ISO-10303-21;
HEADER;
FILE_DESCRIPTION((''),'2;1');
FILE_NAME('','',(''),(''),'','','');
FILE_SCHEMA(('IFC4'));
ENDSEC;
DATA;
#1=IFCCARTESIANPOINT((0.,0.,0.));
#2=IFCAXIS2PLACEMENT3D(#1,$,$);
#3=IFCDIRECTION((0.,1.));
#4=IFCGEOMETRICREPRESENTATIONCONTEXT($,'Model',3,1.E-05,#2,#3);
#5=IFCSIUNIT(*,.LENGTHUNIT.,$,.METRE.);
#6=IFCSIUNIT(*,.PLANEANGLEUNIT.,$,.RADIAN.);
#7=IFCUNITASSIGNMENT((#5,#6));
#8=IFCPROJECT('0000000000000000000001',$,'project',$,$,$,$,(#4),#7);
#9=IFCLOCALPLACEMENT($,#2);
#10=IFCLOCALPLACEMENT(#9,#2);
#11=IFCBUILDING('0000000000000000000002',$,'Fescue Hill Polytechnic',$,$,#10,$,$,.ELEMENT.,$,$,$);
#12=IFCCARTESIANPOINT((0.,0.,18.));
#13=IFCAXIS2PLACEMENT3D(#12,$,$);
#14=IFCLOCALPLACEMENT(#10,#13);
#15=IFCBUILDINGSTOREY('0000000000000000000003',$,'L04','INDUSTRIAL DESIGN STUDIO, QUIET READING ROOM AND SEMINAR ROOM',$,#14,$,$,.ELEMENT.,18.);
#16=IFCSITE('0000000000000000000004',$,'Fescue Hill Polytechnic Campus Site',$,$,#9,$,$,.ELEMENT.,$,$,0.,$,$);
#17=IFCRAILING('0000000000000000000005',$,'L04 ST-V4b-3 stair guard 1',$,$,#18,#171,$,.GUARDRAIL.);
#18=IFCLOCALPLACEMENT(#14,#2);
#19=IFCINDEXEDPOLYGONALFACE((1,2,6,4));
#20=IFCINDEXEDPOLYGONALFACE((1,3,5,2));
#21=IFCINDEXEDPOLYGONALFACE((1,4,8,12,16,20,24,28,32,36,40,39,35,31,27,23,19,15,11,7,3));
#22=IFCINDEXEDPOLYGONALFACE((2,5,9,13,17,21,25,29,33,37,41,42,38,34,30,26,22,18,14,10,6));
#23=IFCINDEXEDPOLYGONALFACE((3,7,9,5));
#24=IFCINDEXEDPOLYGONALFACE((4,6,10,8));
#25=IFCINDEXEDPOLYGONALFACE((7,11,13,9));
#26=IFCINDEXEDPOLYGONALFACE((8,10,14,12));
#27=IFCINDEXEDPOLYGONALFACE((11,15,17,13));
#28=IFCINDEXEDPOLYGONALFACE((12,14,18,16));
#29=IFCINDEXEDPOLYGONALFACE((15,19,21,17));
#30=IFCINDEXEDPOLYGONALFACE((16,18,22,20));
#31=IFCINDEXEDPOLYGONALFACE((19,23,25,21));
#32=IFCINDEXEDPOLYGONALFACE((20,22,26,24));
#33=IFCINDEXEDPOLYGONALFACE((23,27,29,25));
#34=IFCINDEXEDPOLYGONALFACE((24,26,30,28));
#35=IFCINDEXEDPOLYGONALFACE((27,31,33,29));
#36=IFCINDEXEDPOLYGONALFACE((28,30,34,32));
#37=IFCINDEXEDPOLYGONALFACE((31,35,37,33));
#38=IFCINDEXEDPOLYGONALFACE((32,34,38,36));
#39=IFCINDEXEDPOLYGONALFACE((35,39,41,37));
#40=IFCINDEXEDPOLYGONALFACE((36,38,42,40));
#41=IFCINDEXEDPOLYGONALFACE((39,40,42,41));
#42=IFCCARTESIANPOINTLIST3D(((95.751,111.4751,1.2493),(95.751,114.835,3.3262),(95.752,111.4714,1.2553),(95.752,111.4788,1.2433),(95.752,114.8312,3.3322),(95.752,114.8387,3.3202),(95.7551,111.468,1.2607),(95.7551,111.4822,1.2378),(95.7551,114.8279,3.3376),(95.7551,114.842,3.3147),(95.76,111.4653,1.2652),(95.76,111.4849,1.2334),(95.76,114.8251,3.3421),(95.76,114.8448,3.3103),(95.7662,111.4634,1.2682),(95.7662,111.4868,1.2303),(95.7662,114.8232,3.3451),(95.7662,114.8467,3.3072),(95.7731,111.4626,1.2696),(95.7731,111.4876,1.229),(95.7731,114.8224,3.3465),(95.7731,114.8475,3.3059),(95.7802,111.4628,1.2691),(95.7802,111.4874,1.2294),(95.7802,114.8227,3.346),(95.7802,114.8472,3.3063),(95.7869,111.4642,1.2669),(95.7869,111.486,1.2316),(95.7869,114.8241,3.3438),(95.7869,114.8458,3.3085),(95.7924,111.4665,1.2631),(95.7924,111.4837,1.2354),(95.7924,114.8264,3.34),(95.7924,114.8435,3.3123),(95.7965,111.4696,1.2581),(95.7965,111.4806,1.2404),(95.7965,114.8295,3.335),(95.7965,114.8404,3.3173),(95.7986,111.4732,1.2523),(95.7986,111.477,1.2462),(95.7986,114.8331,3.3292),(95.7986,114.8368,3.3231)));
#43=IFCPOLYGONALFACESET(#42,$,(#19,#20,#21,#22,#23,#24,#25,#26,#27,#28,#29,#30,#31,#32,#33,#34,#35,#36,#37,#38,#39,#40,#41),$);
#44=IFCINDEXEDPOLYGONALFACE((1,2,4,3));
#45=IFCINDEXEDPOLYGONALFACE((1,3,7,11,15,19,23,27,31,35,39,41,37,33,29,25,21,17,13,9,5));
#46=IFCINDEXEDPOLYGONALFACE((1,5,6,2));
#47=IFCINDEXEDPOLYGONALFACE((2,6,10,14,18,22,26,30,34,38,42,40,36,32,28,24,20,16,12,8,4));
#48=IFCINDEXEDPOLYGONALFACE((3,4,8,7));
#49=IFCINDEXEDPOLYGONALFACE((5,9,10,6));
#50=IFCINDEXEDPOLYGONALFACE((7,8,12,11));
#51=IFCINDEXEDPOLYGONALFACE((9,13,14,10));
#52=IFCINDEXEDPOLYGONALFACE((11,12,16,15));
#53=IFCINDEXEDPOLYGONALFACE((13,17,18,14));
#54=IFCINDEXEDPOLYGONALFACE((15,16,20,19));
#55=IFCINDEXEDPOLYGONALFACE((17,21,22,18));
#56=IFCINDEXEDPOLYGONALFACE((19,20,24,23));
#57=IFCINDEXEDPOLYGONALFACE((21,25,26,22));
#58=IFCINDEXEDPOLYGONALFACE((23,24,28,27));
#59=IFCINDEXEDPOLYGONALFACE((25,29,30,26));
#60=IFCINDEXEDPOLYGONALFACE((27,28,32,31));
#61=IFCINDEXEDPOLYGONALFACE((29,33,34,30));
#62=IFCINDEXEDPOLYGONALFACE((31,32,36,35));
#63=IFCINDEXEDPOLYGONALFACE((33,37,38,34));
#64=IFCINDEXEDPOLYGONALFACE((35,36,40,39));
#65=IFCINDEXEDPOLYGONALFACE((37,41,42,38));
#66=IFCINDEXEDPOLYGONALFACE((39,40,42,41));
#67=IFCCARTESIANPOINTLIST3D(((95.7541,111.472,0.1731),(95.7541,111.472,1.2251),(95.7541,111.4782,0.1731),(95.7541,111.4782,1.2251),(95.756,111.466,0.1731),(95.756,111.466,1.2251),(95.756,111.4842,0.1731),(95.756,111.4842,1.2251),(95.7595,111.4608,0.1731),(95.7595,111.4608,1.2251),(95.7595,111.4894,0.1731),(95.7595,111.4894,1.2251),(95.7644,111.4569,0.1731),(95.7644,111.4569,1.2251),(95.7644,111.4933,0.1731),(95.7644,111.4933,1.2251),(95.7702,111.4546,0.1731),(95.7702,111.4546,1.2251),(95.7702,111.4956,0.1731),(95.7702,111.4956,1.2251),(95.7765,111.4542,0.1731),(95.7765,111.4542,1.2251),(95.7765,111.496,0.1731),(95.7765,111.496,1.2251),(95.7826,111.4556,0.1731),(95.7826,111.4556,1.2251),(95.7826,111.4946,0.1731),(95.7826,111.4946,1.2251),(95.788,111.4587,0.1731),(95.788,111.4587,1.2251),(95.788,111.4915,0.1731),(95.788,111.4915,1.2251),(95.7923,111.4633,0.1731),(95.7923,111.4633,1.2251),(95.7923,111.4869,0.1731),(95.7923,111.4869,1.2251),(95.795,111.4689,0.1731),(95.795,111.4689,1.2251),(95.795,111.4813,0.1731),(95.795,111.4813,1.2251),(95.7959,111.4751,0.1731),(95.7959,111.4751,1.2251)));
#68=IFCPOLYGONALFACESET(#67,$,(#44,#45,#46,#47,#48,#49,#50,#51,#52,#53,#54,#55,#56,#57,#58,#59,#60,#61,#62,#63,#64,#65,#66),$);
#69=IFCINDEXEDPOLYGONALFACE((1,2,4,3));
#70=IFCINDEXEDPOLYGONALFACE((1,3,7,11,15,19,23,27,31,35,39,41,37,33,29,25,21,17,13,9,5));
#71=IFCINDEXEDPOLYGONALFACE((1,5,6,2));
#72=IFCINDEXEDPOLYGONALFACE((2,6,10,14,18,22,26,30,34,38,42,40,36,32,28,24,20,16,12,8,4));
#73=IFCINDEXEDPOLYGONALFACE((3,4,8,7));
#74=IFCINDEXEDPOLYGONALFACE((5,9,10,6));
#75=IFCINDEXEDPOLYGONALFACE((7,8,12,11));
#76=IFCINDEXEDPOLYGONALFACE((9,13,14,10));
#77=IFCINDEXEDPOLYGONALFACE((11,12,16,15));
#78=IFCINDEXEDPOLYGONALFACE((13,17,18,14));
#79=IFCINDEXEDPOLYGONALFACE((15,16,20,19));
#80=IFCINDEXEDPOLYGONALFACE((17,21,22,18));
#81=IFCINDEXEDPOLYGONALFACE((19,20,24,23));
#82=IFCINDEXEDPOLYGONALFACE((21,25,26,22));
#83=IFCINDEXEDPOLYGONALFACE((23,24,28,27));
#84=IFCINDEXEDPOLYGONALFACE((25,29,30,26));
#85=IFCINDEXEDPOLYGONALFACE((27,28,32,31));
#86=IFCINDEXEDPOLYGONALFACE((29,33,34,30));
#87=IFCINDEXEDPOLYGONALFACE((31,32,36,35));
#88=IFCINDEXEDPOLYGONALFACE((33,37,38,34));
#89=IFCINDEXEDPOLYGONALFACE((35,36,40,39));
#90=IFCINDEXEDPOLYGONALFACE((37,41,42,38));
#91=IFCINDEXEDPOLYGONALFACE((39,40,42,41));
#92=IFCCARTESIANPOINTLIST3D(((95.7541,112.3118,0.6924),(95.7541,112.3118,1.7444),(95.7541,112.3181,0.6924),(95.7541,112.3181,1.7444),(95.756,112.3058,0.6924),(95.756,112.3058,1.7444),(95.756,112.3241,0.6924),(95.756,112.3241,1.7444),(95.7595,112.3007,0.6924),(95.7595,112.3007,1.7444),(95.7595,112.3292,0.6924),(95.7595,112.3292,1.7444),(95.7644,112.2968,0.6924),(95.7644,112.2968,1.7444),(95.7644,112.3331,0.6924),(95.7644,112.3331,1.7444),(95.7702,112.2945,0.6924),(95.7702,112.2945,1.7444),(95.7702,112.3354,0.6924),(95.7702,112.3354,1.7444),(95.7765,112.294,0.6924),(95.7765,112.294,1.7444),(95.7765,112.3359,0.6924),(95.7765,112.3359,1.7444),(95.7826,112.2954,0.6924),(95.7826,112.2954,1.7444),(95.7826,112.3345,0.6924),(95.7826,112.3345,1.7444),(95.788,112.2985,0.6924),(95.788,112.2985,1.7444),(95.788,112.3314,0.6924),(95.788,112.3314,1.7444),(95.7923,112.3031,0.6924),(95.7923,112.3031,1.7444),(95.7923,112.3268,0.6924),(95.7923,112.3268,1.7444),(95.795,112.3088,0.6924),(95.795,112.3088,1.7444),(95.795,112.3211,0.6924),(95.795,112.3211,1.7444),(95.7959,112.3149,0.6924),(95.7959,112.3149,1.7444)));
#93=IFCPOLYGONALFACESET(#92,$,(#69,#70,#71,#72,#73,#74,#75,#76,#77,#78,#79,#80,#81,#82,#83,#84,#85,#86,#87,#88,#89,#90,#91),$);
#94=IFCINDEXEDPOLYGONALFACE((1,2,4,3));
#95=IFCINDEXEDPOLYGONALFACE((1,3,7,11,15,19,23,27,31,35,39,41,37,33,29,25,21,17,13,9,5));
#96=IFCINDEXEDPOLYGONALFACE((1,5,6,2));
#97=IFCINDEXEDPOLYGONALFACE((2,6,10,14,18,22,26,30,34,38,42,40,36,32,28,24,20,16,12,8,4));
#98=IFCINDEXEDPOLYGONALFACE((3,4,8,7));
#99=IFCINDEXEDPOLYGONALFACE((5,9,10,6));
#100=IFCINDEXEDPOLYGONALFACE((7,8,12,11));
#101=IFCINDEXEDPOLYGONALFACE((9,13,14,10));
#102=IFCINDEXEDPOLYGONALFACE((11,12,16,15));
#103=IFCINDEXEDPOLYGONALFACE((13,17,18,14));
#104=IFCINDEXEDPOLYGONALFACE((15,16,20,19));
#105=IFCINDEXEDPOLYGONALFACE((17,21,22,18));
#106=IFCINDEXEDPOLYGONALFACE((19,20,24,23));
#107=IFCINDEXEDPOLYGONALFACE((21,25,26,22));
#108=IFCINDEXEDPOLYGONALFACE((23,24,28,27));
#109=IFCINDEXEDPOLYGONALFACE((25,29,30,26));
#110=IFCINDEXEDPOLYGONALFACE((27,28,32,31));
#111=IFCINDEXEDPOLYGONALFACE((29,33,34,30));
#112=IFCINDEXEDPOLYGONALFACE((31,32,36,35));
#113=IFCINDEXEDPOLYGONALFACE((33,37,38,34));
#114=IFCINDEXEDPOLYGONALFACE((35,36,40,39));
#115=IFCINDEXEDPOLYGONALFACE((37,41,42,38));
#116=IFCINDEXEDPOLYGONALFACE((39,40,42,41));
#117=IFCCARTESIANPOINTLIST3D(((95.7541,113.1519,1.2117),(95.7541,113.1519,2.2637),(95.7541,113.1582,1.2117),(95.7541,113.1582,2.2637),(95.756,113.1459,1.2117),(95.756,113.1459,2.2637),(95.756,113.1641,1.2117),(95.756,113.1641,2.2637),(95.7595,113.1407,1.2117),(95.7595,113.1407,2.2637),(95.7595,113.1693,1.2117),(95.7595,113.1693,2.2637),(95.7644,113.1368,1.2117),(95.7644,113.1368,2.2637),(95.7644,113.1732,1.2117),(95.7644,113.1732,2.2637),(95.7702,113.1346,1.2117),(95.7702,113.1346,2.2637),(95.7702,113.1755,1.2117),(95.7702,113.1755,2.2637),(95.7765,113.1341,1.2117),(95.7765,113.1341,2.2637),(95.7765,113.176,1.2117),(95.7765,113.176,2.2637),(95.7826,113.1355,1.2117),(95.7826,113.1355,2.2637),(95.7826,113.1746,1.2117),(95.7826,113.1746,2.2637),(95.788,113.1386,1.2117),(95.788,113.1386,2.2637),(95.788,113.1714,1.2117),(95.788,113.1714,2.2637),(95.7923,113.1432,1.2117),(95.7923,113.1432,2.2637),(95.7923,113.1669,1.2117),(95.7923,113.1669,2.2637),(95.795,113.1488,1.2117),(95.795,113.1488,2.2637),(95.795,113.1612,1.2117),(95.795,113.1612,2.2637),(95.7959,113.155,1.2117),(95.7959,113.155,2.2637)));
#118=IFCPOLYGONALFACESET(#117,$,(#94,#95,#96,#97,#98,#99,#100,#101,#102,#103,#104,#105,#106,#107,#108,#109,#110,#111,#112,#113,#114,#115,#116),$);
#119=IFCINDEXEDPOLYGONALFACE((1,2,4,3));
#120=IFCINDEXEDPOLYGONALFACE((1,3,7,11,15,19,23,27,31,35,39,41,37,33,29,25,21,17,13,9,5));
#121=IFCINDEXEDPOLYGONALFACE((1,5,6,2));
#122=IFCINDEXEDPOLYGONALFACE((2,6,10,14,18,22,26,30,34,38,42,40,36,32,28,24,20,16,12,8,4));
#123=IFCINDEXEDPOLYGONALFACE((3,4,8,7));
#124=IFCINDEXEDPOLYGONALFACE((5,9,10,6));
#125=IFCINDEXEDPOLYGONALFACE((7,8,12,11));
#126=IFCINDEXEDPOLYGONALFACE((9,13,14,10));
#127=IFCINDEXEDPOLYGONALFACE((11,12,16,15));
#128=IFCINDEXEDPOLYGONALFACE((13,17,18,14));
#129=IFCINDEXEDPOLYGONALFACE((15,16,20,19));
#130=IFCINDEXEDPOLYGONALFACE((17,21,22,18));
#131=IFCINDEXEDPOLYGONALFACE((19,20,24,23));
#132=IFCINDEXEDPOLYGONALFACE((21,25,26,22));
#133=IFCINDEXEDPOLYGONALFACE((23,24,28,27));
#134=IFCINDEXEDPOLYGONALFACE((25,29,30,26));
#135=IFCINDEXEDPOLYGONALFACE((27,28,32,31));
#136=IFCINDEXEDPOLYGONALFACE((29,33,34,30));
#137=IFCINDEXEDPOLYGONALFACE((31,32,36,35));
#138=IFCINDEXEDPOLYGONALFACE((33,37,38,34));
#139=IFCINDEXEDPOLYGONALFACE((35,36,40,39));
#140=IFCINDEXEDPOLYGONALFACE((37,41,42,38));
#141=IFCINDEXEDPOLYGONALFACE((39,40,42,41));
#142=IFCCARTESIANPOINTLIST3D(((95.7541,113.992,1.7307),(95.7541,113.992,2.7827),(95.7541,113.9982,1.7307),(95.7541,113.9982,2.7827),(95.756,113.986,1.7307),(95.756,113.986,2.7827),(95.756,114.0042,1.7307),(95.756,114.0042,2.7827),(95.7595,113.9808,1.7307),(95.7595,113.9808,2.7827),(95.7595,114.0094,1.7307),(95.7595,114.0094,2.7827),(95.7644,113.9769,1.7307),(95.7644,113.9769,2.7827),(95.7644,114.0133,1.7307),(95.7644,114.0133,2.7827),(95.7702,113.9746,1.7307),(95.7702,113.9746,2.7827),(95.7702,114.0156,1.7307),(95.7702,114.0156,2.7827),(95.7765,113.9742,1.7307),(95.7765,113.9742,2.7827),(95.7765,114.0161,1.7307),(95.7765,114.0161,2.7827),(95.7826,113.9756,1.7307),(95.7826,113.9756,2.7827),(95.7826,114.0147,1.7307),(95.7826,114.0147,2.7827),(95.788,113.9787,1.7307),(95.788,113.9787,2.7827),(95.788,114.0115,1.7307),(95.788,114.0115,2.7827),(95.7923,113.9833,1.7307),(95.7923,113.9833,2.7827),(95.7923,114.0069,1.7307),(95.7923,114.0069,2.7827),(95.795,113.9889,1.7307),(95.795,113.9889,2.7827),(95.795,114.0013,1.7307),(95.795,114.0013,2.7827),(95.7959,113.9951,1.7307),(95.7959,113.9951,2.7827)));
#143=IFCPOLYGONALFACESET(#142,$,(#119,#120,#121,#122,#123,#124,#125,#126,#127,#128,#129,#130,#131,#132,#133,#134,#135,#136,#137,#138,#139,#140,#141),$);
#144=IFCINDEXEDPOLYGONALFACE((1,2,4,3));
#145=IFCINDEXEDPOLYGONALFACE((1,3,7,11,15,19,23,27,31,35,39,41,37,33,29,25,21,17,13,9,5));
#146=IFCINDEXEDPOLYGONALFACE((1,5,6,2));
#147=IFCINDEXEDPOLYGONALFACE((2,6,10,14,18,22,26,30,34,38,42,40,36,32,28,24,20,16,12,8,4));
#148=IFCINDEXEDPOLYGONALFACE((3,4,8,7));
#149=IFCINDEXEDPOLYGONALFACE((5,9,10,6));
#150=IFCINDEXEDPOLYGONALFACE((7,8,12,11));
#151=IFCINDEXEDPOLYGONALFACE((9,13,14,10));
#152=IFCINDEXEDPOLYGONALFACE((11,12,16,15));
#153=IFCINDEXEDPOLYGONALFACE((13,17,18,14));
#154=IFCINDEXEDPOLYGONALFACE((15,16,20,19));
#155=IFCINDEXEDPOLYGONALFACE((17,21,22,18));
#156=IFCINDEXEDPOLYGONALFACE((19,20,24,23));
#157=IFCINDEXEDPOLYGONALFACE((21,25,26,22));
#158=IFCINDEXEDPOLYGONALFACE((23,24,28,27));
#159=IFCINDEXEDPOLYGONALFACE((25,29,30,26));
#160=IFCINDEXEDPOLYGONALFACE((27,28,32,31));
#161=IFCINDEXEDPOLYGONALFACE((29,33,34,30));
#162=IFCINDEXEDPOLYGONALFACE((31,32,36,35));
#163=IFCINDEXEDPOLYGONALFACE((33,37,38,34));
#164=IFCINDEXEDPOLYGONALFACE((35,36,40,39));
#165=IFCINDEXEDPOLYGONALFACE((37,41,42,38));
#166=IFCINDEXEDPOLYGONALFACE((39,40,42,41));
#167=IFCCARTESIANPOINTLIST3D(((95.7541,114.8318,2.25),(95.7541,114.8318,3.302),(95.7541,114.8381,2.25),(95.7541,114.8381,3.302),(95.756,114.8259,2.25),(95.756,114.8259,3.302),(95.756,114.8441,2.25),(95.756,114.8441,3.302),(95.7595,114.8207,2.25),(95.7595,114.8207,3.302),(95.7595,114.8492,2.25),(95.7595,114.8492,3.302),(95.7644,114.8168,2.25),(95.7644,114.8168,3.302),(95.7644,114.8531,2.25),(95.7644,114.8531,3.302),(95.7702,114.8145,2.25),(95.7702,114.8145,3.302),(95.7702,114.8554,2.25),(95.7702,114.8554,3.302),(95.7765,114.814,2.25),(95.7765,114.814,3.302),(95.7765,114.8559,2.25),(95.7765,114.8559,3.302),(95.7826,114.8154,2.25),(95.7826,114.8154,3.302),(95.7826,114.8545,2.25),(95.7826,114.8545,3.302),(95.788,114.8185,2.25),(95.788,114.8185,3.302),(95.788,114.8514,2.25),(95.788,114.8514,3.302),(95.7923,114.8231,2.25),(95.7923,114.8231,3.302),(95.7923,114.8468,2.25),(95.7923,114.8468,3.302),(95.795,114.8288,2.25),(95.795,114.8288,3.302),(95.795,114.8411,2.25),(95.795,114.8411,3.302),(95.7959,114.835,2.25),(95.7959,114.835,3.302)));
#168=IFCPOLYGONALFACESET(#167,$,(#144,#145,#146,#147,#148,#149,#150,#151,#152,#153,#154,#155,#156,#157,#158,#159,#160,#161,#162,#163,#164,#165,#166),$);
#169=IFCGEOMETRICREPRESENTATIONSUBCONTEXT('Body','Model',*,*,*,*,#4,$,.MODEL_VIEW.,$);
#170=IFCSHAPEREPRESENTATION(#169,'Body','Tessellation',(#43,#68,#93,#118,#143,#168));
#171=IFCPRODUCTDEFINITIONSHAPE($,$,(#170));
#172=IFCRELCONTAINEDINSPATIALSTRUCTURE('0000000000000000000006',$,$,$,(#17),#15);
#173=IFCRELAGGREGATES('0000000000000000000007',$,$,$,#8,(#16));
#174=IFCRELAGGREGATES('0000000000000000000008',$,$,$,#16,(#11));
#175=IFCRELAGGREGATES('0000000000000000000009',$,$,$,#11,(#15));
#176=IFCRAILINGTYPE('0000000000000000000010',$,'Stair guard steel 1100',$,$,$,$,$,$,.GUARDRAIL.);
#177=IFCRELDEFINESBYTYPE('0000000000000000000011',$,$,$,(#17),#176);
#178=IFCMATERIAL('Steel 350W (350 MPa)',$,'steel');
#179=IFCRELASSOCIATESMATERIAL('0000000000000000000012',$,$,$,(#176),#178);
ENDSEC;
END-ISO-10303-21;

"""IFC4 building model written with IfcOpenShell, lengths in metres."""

from ifc_helpers import new_model, si_unit, direction, frame, origin, origin_2d, place, context, subcontext, project, spatial, circle, extrude, material, type_object, element, save


model = new_model("IFC4")

# Units and contexts
model_context = context("Model", 3, precision=1e-05, world=origin(), true_north=direction((0.0, 1.0)))
body_context = subcontext(model_context, "Body", "Model", "MODEL_VIEW")
ifc_project = project(units=[si_unit("LENGTHUNIT", "METRE"), si_unit("PLANEANGLEUNIT", "RADIAN")], contexts=[model_context])

# Site, building, storey
site_placement = place(None, origin())
site = spatial("IfcSite", under=ifc_project, at=site_placement, Name="Fescue Hill Polytechnic Campus Site", CompositionType="ELEMENT", RefElevation=0.0)
building_placement = place(site_placement, origin())
building = spatial("IfcBuilding", under=site, at=building_placement, Name="Fescue Hill Polytechnic", CompositionType="ELEMENT")
storey_placement = place(building_placement, frame((0.0, 0.0, 18.0)))
storey = spatial("IfcBuildingStorey", under=building, at=storey_placement, Name="L04", Description="INDUSTRIAL DESIGN STUDIO, QUIET READING ROOM AND SEMINAR ROOM", CompositionType="ELEMENT", Elevation=18.0)

# Railing
ifc_material_1 = material(Name="Steel 350W (350 MPa)", Category="steel")
railing_type_1 = type_object("IfcRailingType", Name="Stair guard steel 1100", PredefinedType="GUARDRAIL", material=ifc_material_1)
railing_placement = place(storey_placement, frame((95.7749, 111.4751, 0.1731)))
element("IfcRailing", 1, at=railing_placement, inside=storey, type_object=railing_type_1, Name="L04 ST-V4b-3 stair guard 1", PredefinedType="GUARDRAIL", context=body_context, shape_type="SweptSolid", body=[
    extrude(circle(Radius=0.0239, at=origin_2d()), frame((0.0, 0.0, 1.0762), z_axis=(0.0, 0.850606, 0.525803), x_axis=(-1.0, 0.0, 0.0)), (0.0, 0.0, 1.0), 3.95),
    extrude(circle(Radius=0.021, at=origin_2d()), origin(), (0.0, 0.0, 1.0), 1.052),
    extrude(circle(Radius=0.021, at=origin_2d()), frame((0.0, 0.8398, 0.5193)), (0.0, 0.0, 1.0), 1.052),
    extrude(circle(Radius=0.021, at=origin_2d()), frame((0.0, 1.6799, 1.0386)), (0.0, 0.0, 1.0), 1.052),
    extrude(circle(Radius=0.021, at=origin_2d()), frame((0.0, 2.52, 1.5576)), (0.0, 0.0, 1.0), 1.052),
    extrude(circle(Radius=0.021, at=origin_2d()), frame((0.0, 3.3599, 2.0769)), (0.0, 0.0, 1.0), 1.052),
])

save(model, "model.ifc")
